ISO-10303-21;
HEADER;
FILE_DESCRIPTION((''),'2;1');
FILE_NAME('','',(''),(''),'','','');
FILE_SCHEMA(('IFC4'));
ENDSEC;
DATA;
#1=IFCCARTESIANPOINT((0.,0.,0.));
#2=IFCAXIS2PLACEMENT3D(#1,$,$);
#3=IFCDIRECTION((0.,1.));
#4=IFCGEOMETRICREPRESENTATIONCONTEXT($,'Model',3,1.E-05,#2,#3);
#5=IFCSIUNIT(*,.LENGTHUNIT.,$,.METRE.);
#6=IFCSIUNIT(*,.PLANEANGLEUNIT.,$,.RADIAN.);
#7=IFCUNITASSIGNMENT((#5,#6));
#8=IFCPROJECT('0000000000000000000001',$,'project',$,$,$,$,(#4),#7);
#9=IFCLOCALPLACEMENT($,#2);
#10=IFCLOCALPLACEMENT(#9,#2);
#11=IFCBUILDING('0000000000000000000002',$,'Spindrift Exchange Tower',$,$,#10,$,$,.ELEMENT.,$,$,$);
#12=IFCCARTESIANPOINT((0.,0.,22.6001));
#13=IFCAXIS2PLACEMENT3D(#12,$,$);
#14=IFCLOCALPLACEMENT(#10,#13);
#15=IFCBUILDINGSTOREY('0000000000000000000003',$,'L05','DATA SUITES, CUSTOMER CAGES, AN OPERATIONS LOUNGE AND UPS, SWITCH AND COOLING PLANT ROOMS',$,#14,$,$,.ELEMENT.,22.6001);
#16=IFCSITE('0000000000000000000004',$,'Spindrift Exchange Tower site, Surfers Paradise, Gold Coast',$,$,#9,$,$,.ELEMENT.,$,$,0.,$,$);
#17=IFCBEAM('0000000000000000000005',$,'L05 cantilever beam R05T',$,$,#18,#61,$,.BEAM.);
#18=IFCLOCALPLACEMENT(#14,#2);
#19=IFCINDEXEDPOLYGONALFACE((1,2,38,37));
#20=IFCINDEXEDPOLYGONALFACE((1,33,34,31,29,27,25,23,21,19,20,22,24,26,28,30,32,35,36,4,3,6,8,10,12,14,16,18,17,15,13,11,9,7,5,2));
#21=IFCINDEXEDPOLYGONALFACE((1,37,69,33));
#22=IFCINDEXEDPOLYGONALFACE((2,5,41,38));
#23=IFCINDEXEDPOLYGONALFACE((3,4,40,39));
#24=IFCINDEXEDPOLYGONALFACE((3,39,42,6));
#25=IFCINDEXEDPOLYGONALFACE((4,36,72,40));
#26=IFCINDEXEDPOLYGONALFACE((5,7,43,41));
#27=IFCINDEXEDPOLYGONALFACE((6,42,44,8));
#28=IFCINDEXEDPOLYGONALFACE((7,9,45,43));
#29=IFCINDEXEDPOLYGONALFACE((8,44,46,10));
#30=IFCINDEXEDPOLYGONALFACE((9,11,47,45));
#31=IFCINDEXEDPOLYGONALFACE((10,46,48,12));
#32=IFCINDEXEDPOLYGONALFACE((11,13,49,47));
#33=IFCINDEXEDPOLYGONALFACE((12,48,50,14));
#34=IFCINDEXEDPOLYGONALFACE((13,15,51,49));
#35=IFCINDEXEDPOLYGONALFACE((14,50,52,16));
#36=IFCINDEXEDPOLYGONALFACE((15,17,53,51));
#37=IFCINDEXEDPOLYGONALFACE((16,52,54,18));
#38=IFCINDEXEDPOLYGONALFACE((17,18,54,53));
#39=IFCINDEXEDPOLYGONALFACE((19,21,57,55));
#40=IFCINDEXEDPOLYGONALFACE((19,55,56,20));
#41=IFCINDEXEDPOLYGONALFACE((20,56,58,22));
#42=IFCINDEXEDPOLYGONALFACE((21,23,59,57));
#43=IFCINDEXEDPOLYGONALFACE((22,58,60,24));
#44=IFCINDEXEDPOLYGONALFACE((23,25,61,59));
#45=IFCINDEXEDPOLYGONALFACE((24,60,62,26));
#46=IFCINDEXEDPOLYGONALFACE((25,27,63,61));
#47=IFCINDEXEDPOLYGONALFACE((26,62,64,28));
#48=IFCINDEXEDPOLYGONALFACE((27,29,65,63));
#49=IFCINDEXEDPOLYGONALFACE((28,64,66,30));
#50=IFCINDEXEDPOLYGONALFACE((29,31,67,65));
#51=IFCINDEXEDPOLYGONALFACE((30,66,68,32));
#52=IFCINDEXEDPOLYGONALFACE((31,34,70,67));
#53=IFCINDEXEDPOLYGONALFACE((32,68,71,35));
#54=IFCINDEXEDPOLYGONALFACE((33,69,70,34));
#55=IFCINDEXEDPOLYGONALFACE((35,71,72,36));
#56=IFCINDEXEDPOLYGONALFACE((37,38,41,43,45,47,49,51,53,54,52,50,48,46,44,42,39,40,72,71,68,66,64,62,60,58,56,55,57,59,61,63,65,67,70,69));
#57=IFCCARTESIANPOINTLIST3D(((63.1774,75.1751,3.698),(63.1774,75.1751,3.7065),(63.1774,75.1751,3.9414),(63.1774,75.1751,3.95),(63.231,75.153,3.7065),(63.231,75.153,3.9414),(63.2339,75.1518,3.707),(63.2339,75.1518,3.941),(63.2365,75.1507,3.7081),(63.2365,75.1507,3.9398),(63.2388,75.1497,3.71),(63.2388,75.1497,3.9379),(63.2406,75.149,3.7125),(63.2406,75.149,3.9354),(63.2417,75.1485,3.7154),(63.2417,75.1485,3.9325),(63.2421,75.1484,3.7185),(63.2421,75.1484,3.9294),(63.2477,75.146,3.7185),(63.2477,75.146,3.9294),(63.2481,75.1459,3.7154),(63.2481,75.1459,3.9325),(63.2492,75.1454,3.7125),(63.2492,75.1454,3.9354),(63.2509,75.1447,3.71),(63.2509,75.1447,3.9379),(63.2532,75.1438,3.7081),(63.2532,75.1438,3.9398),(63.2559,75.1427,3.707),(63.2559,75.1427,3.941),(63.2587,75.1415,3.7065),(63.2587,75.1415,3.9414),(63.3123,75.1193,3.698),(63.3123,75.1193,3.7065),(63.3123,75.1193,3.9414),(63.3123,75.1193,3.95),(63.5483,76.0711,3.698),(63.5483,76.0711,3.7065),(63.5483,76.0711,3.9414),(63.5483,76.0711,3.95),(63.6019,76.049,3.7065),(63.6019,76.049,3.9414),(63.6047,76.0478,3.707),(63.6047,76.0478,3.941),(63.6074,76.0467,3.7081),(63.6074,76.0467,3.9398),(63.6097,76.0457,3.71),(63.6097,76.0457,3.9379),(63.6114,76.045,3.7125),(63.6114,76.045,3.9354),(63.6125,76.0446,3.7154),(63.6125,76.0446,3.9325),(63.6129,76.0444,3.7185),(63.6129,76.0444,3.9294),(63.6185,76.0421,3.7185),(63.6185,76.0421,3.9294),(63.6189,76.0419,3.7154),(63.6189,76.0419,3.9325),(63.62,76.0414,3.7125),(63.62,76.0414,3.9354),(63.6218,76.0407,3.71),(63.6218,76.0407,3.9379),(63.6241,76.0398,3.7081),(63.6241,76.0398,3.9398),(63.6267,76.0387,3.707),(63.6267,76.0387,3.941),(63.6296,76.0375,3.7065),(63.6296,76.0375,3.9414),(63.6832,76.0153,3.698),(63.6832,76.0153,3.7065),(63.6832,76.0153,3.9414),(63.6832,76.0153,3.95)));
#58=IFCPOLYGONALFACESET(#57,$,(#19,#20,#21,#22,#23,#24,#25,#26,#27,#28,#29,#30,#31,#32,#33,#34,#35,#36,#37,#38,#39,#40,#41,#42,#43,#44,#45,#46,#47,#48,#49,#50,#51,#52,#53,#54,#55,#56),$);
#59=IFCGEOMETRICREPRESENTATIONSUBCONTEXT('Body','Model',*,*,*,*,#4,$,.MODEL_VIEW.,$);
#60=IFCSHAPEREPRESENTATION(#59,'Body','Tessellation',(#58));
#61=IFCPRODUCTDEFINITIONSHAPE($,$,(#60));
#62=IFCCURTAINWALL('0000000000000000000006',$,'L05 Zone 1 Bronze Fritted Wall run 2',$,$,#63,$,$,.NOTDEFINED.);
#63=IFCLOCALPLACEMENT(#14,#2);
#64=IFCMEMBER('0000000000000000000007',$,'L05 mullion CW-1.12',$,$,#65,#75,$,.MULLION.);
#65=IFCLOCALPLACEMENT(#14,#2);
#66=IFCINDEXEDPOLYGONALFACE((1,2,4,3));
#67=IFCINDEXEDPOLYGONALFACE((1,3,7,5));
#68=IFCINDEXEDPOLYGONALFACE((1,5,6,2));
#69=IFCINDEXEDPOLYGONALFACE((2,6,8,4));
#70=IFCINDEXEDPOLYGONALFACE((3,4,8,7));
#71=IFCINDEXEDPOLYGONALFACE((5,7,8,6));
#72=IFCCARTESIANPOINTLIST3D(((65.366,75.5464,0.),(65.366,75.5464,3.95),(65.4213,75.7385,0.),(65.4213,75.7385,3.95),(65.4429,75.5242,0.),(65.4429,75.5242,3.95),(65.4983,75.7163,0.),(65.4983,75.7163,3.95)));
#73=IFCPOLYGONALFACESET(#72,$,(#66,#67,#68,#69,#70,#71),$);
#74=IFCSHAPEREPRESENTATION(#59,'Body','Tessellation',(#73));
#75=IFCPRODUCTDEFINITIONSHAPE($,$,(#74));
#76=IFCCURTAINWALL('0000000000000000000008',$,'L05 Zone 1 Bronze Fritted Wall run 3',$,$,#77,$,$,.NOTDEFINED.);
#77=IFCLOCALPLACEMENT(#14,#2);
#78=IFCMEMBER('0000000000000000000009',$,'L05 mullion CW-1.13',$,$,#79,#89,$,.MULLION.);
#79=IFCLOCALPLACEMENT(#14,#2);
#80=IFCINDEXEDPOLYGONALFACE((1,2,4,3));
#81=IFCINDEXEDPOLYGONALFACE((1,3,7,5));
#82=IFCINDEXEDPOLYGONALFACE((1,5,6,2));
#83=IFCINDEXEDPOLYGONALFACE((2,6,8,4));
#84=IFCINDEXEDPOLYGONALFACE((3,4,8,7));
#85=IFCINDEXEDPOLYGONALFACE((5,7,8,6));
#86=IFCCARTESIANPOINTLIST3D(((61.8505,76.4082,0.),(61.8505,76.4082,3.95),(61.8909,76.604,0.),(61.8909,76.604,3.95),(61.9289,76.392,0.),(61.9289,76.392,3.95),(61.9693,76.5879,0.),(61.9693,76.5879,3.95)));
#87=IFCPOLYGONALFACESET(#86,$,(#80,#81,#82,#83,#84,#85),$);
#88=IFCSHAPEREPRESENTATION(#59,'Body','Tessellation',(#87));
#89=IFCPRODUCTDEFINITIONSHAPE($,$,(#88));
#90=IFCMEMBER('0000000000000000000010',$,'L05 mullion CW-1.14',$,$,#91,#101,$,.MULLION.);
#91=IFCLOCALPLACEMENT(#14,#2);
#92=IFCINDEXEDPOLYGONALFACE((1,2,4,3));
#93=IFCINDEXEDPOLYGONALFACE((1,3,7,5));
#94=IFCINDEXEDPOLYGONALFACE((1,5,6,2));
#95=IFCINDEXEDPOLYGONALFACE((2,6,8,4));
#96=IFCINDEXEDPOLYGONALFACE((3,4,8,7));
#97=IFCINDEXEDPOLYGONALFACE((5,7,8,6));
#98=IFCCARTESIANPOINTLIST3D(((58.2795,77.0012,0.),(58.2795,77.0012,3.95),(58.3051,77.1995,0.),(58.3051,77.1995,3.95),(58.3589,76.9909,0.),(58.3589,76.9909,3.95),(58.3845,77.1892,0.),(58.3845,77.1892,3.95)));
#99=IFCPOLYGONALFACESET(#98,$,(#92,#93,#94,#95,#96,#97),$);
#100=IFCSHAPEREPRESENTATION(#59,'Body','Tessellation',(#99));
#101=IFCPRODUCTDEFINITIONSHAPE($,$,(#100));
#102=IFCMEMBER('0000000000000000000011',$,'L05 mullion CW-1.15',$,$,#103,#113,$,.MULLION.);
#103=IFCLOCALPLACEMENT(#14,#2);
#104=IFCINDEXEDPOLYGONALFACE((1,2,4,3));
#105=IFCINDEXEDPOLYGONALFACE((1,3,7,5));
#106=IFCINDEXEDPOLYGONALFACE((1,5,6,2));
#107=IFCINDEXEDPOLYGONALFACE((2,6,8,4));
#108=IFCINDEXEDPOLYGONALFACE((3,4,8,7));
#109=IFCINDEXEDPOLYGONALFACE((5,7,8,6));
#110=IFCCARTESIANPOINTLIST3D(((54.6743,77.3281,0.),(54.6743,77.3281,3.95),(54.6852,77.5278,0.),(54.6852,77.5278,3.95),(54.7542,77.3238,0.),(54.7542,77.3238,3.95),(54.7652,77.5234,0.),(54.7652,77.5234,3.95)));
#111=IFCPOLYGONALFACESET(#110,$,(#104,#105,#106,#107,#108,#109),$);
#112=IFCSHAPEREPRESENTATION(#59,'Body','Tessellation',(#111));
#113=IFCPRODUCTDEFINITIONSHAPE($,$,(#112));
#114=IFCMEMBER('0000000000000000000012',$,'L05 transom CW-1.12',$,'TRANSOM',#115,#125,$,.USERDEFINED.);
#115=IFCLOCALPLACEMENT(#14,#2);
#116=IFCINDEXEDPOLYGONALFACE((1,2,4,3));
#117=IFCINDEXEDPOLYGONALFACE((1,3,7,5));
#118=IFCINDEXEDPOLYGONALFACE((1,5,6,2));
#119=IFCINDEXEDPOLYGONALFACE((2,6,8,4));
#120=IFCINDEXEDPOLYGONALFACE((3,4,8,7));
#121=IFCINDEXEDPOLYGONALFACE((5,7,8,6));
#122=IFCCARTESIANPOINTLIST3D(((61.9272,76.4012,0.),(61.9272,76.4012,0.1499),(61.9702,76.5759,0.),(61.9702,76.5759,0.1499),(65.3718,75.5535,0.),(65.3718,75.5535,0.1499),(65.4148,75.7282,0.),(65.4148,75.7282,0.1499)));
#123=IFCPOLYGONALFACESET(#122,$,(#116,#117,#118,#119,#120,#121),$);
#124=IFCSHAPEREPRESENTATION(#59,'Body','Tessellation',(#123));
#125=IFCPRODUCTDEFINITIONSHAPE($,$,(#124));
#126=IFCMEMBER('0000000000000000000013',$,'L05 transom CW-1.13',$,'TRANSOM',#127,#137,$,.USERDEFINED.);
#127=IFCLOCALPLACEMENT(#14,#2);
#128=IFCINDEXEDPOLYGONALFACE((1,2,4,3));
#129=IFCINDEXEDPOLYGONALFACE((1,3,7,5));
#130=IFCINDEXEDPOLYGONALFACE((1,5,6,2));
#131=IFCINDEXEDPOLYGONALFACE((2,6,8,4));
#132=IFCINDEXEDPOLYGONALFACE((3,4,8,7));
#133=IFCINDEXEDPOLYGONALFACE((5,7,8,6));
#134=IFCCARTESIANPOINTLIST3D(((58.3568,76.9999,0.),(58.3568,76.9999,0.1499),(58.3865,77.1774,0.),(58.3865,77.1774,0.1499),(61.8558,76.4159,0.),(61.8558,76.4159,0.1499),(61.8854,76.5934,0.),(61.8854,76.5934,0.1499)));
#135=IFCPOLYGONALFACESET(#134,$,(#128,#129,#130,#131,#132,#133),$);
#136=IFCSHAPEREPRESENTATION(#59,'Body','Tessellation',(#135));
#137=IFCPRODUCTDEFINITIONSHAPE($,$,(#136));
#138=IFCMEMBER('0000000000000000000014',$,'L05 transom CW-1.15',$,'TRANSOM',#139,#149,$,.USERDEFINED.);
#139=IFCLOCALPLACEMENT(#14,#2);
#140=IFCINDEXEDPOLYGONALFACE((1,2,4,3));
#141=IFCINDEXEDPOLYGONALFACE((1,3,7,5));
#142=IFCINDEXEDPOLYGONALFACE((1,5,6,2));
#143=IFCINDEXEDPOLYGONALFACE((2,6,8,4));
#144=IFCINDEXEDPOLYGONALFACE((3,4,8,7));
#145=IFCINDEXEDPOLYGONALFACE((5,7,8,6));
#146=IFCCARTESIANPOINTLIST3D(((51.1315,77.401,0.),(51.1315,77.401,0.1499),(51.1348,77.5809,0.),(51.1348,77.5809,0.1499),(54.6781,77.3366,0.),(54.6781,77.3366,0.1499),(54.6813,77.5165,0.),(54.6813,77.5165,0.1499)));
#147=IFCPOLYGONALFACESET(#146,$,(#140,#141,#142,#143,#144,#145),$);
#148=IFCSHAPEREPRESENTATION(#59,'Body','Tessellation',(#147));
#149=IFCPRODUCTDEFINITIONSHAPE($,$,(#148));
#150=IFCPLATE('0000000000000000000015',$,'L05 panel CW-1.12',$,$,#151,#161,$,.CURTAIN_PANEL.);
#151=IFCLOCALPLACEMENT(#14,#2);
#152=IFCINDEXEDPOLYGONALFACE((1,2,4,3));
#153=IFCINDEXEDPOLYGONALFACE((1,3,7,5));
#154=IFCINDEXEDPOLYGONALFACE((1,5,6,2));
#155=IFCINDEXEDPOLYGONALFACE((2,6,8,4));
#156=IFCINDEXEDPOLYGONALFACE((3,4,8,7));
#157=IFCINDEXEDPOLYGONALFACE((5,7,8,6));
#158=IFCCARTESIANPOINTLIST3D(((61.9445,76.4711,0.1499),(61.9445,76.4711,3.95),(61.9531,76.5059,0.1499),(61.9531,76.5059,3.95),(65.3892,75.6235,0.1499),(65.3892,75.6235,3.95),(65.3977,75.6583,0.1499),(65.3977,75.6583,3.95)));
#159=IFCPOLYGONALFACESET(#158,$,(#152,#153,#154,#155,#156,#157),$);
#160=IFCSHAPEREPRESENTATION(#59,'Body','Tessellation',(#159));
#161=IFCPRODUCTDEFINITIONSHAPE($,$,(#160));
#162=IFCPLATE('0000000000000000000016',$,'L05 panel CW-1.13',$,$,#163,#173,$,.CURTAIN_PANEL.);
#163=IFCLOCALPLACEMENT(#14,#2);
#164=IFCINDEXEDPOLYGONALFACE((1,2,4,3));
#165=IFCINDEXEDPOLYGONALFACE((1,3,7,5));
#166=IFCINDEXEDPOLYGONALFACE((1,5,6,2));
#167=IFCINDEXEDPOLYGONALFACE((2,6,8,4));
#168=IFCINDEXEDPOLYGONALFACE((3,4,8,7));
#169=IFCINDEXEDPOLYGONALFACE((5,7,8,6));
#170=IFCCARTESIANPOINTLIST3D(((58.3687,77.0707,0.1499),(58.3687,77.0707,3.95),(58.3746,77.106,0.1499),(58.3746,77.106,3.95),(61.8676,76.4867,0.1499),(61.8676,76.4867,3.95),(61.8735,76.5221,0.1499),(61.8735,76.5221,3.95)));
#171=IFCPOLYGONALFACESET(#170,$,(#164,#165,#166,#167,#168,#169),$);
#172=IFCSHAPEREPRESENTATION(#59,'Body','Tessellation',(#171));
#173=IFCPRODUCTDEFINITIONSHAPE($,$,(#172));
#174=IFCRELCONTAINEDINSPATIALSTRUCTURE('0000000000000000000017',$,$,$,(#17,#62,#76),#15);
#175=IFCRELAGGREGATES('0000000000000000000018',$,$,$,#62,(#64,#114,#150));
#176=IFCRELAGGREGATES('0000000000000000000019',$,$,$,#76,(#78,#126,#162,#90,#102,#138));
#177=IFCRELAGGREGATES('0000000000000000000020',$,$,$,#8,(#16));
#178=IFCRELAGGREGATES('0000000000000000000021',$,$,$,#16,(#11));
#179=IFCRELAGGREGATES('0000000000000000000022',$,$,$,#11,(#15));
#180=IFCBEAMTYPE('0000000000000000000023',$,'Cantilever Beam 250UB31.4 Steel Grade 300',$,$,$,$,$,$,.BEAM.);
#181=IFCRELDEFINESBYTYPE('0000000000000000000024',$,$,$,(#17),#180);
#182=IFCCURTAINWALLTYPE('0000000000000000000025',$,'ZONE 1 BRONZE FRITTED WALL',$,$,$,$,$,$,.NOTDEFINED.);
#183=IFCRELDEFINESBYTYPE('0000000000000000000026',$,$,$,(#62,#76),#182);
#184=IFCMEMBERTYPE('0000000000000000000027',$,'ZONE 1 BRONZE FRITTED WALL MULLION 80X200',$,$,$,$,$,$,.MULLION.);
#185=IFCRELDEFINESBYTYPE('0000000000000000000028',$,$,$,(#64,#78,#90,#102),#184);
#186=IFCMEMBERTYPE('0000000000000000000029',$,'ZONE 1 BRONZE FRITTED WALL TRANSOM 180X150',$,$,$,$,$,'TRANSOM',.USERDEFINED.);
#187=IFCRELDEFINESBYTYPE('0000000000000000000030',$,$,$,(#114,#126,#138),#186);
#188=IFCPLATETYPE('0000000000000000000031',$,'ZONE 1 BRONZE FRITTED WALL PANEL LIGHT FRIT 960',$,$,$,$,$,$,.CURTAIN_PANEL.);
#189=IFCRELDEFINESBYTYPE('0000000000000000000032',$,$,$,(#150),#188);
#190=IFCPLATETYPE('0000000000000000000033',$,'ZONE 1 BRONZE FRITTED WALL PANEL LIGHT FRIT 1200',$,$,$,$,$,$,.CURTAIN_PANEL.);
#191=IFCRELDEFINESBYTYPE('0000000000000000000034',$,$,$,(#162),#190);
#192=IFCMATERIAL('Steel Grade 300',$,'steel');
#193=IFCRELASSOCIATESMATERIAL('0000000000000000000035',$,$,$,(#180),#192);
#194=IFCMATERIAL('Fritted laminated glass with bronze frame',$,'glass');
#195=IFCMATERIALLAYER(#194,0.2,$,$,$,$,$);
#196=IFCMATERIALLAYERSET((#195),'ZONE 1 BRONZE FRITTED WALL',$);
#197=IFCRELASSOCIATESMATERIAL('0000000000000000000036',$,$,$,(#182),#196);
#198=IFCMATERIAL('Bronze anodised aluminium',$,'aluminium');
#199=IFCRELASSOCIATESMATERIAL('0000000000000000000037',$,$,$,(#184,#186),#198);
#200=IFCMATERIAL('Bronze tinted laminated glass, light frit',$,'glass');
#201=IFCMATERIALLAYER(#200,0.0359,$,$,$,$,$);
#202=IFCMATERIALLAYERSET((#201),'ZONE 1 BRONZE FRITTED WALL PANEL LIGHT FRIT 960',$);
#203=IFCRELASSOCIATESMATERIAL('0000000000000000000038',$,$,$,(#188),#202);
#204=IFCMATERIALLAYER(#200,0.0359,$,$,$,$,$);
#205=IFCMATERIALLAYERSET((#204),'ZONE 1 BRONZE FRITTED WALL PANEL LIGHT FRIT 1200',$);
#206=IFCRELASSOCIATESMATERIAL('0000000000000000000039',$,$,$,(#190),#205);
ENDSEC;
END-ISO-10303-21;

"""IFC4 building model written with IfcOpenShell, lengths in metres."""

from ifc_helpers import new_model, si_unit, direction, frame, origin, origin_2d, place, context, subcontext, project, spatial, rectangle, i_section, extrude, source, transform, mapped, material, layer, layer_set, material_profile, profile_set, type_object, element, aggregate, save


model = new_model("IFC4")

# Units and contexts
model_context = context("Model", 3, precision=1e-05, world=origin(), true_north=direction((0.0, 1.0)))
body_context = subcontext(model_context, "Body", "Model", "MODEL_VIEW")
ifc_project = project(units=[si_unit("LENGTHUNIT", "METRE"), si_unit("PLANEANGLEUNIT", "RADIAN")], contexts=[model_context])

# Site, building, storey
site_placement = place(None, origin())
site = spatial("IfcSite", under=ifc_project, at=site_placement, Name="Spindrift Exchange Tower site, Surfers Paradise, Gold Coast", CompositionType="ELEMENT", RefElevation=0.0)
building_placement = place(site_placement, origin())
building = spatial("IfcBuilding", under=site, at=building_placement, Name="Spindrift Exchange Tower", CompositionType="ELEMENT")
storey_placement = place(building_placement, frame((0.0, 0.0, 22.6001)))
storey = spatial("IfcBuildingStorey", under=building, at=storey_placement, Name="L05", Description="DATA SUITES, CUSTOMER CAGES, AN OPERATIONS LOUNGE AND UPS, SWITCH AND COOLING PLANT ROOMS", CompositionType="ELEMENT", Elevation=22.6001)

# Beam
ifc_material_1 = material(Name="Steel Grade 300", Category="steel")
ifc_material_profile_1 = material_profile(ifc_material_1, i_section(OverallWidth=0.146, OverallDepth=0.252, WebThickness=0.0061, FlangeThickness=0.0085, FilletRadius=0.012, at=origin_2d()), Name="250UB31.4")
ifc_profile_set_1 = profile_set([ifc_material_profile_1], Name="Steel Grade 300")
beam_type_1 = type_object("IfcBeamType", Name="Cantilever Beam 250UB31.4 Steel Grade 300", PredefinedType="BEAM", material=ifc_profile_set_1)
shared_shape_1 = source(origin(), body_context, "Body", "SweptSolid", [
    extrude(i_section(OverallWidth=0.146, OverallDepth=0.252, WebThickness=0.0061, FlangeThickness=0.0085, FilletRadius=0.012, at=origin_2d()), origin(), (0.0, 0.0, 1.0), 0.9697),
])
beam_1_placement = place(storey_placement, frame((63.2449, 75.1472, 3.824), z_axis=(0.382433, 0.923983, 0.0), x_axis=(-0.923983, 0.382433, 0.0)))
element("IfcBeam", 1, at=beam_1_placement, inside=storey, type_object=beam_type_1, Name="L05 cantilever beam R05T", PredefinedType="BEAM", context=body_context, shape_type="MappedRepresentation", body=[
    mapped(shared_shape_1, transform((0.0, 0.0, 0.0), scale=1.0)),
])

# Curtain wall, member
ifc_material_2 = material(Name="Fritted laminated glass with bronze frame", Category="glass")
ifc_layer_1 = layer(ifc_material_2, 0.2)
ifc_layer_set_1 = layer_set([ifc_layer_1], Name="ZONE 1 BRONZE FRITTED WALL")
curtain_wall_type = type_object("IfcCurtainWallType", Name="ZONE 1 BRONZE FRITTED WALL", PredefinedType="NOTDEFINED", material=ifc_layer_set_1)
curtain_wall_1_placement = place(storey_placement, origin())
curtain_wall_1 = element("IfcCurtainWall", 2, at=curtain_wall_1_placement, inside=storey, type_object=curtain_wall_type, Name="L05 Zone 1 Bronze Fritted Wall run 2", PredefinedType="NOTDEFINED")
ifc_material_3 = material(Name="Bronze anodised aluminium", Category="aluminium")
ifc_material_profile_2 = material_profile(ifc_material_3, rectangle(XDim=0.0801, YDim=0.2, at=origin_2d()), Name="ZONE 1 BRONZE FRITTED WALL MULLION 80X200")
ifc_profile_set_2 = profile_set([ifc_material_profile_2], Name="Bronze anodised aluminium")
member_type_1 = type_object("IfcMemberType", Name="ZONE 1 BRONZE FRITTED WALL MULLION 80X200", PredefinedType="MULLION", material=ifc_profile_set_2)
shared_shape_2 = source(origin(), body_context, "Body", "SweptSolid", [
    extrude(rectangle(XDim=0.0801, YDim=0.2, at=origin_2d()), origin(), (0.0, 0.0, 1.0), 3.95),
])
member_1_placement = place(storey_placement, frame((65.4321, 75.6313, 0.0), z_axis=(0.0, 0.0, 1.0), x_axis=(-0.960884, 0.27695, 0.0)))
member_1 = element("IfcMember", 3, at=member_1_placement, type_object=member_type_1, Name="L05 mullion CW-1.12", PredefinedType="MULLION", context=body_context, shape_type="MappedRepresentation", body=[
    mapped(shared_shape_2, transform((0.0, 0.0, 0.0), scale=1.0)),
])

# Curtain wall, members
curtain_wall_2_placement = place(storey_placement, origin())
curtain_wall_2 = element("IfcCurtainWall", 4, at=curtain_wall_2_placement, inside=storey, type_object=curtain_wall_type, Name="L05 Zone 1 Bronze Fritted Wall run 3", PredefinedType="NOTDEFINED")
member_2_placement = place(storey_placement, frame((61.9099, 76.498, 0.0), z_axis=(0.0, 0.0, 1.0), x_axis=(-0.979402, 0.20192, 0.0)))
member_2 = element("IfcMember", 5, at=member_2_placement, type_object=member_type_1, Name="L05 mullion CW-1.13", PredefinedType="MULLION", context=body_context, shape_type="MappedRepresentation", body=[
    mapped(shared_shape_2, transform((0.0, 0.0, 0.0), scale=1.0)),
])
member_3_placement = place(storey_placement, frame((58.332, 77.0952, 0.0), z_axis=(0.0, 0.0, 1.0), x_axis=(-0.991779, 0.127962, 0.0)))
member_3 = element("IfcMember", 6, at=member_3_placement, type_object=member_type_1, Name="L05 mullion CW-1.14", PredefinedType="MULLION", context=body_context, shape_type="MappedRepresentation", body=[
    mapped(shared_shape_2, transform((0.0, 0.0, 0.0), scale=1.0)),
])
member_4_placement = place(storey_placement, frame((54.7197, 77.4258, 0.0), z_axis=(0.0, 0.0, 1.0), x_axis=(-0.998503, 0.054704, 0.0)))
member_4 = element("IfcMember", 7, at=member_4_placement, type_object=member_type_1, Name="L05 mullion CW-1.15", PredefinedType="MULLION", context=body_context, shape_type="MappedRepresentation", body=[
    mapped(shared_shape_2, transform((0.0, 0.0, 0.0), scale=1.0)),
])

# Members
ifc_material_profile_3 = material_profile(ifc_material_3, rectangle(XDim=0.1799, YDim=0.1499, at=origin_2d()), Name="ZONE 1 BRONZE FRITTED WALL TRANSOM 180X150")
ifc_profile_set_3 = profile_set([ifc_material_profile_3], Name="Bronze anodised aluminium")
member_type_2 = type_object("IfcMemberType", Name="ZONE 1 BRONZE FRITTED WALL TRANSOM 180X150", ElementType="TRANSOM", PredefinedType="USERDEFINED", material=ifc_profile_set_3)
shared_shape_3 = source(origin(), body_context, "Body", "SweptSolid", [
    extrude(rectangle(XDim=0.1799, YDim=0.1499, at=origin_2d()), origin(), (0.0, 0.0, 1.0), 3.5474),
])
member_5_placement = place(storey_placement, frame((65.3933, 75.6409, 0.075), z_axis=(-0.971031, 0.238955, 0.0), x_axis=(-0.238955, -0.971031, 0.0)))
member_5 = element("IfcMember", 8, at=member_5_placement, type_object=member_type_2, Name="L05 transom CW-1.12", ObjectType="TRANSOM", PredefinedType="USERDEFINED", context=body_context, shape_type="MappedRepresentation", body=[
    mapped(shared_shape_3, transform((0.0, 0.0, 0.0), scale=1.0)),
])
member_6_placement = place(storey_placement, frame((61.8706, 76.5046, 0.075), z_axis=(-0.986357, 0.164622, 0.0), x_axis=(-0.164622, -0.986357, 0.0)))
member_6 = element("IfcMember", 9, at=member_6_placement, type_object=member_type_2, Name="L05 transom CW-1.13", ObjectType="TRANSOM", PredefinedType="USERDEFINED", context=body_context, shape_type="MappedRepresentation", body=[
    mapped(shared_shape_3, transform((0.0, 0.0, 0.0), scale=1.0)),
])
shared_shape_4 = source(origin(), body_context, "Body", "SweptSolid", [
    extrude(rectangle(XDim=0.1799, YDim=0.1499, at=origin_2d()), origin(), (0.0, 0.0, 1.0), 3.5471),
])
member_7_placement = place(storey_placement, frame((54.6797, 77.4265, 0.075), z_axis=(-0.999835, 0.01817, 0.0), x_axis=(-0.01817, -0.999835, 0.0)))
member_7 = element("IfcMember", 10, at=member_7_placement, type_object=member_type_2, Name="L05 transom CW-1.15", ObjectType="TRANSOM", PredefinedType="USERDEFINED", context=body_context, shape_type="MappedRepresentation", body=[
    mapped(shared_shape_4, transform((0.0, 0.0, 0.0), scale=1.0)),
])

# Plates
ifc_material_4 = material(Name="Bronze tinted laminated glass, light frit", Category="glass")
ifc_layer_2 = layer(ifc_material_4, 0.0359)
ifc_layer_set_2 = layer_set([ifc_layer_2], Name="ZONE 1 BRONZE FRITTED WALL PANEL LIGHT FRIT 960")
plate_type_1 = type_object("IfcPlateType", Name="ZONE 1 BRONZE FRITTED WALL PANEL LIGHT FRIT 960", PredefinedType="CURTAIN_PANEL", material=ifc_layer_set_2)
shared_shape_5 = source(origin(), body_context, "Body", "SweptSolid", [
    extrude(rectangle(XDim=3.5474, YDim=0.0359, at=origin_2d()), origin(), (0.0, 0.0, 1.0), 3.8),
])
plate_1_placement = place(storey_placement, frame((63.6711, 76.0647, 0.1499), z_axis=(0.0, 0.0, 1.0), x_axis=(-0.971034, 0.23894, 0.0)))
plate_1 = element("IfcPlate", 11, at=plate_1_placement, type_object=plate_type_1, Name="L05 panel CW-1.12", PredefinedType="CURTAIN_PANEL", context=body_context, shape_type="MappedRepresentation", body=[
    mapped(shared_shape_5, transform((0.0, 0.0, 0.0), scale=1.0)),
])
aggregate(curtain_wall_1, [member_1, member_5, plate_1])
ifc_layer_3 = layer(ifc_material_4, 0.0359)
ifc_layer_set_3 = layer_set([ifc_layer_3], Name="ZONE 1 BRONZE FRITTED WALL PANEL LIGHT FRIT 1200")
plate_type_2 = type_object("IfcPlateType", Name="ZONE 1 BRONZE FRITTED WALL PANEL LIGHT FRIT 1200", PredefinedType="CURTAIN_PANEL", material=ifc_layer_set_3)
shared_shape_6 = source(origin(), body_context, "Body", "SweptSolid", [
    extrude(rectangle(XDim=3.5474, YDim=0.0359, at=origin_2d()), origin(), (0.0, 0.0, 1.0), 3.8),
])
plate_2_placement = place(storey_placement, frame((60.1211, 76.7964, 0.1499), z_axis=(0.0, 0.0, 1.0), x_axis=(-0.986359, 0.164609, 0.0)))
plate_2 = element("IfcPlate", 12, at=plate_2_placement, type_object=plate_type_2, Name="L05 panel CW-1.13", PredefinedType="CURTAIN_PANEL", context=body_context, shape_type="MappedRepresentation", body=[
    mapped(shared_shape_6, transform((0.0, 0.0, 0.0), scale=1.0)),
])
aggregate(curtain_wall_2, [member_2, member_6, plate_2, member_3, member_4, member_7])

save(model, "model.ifc")
